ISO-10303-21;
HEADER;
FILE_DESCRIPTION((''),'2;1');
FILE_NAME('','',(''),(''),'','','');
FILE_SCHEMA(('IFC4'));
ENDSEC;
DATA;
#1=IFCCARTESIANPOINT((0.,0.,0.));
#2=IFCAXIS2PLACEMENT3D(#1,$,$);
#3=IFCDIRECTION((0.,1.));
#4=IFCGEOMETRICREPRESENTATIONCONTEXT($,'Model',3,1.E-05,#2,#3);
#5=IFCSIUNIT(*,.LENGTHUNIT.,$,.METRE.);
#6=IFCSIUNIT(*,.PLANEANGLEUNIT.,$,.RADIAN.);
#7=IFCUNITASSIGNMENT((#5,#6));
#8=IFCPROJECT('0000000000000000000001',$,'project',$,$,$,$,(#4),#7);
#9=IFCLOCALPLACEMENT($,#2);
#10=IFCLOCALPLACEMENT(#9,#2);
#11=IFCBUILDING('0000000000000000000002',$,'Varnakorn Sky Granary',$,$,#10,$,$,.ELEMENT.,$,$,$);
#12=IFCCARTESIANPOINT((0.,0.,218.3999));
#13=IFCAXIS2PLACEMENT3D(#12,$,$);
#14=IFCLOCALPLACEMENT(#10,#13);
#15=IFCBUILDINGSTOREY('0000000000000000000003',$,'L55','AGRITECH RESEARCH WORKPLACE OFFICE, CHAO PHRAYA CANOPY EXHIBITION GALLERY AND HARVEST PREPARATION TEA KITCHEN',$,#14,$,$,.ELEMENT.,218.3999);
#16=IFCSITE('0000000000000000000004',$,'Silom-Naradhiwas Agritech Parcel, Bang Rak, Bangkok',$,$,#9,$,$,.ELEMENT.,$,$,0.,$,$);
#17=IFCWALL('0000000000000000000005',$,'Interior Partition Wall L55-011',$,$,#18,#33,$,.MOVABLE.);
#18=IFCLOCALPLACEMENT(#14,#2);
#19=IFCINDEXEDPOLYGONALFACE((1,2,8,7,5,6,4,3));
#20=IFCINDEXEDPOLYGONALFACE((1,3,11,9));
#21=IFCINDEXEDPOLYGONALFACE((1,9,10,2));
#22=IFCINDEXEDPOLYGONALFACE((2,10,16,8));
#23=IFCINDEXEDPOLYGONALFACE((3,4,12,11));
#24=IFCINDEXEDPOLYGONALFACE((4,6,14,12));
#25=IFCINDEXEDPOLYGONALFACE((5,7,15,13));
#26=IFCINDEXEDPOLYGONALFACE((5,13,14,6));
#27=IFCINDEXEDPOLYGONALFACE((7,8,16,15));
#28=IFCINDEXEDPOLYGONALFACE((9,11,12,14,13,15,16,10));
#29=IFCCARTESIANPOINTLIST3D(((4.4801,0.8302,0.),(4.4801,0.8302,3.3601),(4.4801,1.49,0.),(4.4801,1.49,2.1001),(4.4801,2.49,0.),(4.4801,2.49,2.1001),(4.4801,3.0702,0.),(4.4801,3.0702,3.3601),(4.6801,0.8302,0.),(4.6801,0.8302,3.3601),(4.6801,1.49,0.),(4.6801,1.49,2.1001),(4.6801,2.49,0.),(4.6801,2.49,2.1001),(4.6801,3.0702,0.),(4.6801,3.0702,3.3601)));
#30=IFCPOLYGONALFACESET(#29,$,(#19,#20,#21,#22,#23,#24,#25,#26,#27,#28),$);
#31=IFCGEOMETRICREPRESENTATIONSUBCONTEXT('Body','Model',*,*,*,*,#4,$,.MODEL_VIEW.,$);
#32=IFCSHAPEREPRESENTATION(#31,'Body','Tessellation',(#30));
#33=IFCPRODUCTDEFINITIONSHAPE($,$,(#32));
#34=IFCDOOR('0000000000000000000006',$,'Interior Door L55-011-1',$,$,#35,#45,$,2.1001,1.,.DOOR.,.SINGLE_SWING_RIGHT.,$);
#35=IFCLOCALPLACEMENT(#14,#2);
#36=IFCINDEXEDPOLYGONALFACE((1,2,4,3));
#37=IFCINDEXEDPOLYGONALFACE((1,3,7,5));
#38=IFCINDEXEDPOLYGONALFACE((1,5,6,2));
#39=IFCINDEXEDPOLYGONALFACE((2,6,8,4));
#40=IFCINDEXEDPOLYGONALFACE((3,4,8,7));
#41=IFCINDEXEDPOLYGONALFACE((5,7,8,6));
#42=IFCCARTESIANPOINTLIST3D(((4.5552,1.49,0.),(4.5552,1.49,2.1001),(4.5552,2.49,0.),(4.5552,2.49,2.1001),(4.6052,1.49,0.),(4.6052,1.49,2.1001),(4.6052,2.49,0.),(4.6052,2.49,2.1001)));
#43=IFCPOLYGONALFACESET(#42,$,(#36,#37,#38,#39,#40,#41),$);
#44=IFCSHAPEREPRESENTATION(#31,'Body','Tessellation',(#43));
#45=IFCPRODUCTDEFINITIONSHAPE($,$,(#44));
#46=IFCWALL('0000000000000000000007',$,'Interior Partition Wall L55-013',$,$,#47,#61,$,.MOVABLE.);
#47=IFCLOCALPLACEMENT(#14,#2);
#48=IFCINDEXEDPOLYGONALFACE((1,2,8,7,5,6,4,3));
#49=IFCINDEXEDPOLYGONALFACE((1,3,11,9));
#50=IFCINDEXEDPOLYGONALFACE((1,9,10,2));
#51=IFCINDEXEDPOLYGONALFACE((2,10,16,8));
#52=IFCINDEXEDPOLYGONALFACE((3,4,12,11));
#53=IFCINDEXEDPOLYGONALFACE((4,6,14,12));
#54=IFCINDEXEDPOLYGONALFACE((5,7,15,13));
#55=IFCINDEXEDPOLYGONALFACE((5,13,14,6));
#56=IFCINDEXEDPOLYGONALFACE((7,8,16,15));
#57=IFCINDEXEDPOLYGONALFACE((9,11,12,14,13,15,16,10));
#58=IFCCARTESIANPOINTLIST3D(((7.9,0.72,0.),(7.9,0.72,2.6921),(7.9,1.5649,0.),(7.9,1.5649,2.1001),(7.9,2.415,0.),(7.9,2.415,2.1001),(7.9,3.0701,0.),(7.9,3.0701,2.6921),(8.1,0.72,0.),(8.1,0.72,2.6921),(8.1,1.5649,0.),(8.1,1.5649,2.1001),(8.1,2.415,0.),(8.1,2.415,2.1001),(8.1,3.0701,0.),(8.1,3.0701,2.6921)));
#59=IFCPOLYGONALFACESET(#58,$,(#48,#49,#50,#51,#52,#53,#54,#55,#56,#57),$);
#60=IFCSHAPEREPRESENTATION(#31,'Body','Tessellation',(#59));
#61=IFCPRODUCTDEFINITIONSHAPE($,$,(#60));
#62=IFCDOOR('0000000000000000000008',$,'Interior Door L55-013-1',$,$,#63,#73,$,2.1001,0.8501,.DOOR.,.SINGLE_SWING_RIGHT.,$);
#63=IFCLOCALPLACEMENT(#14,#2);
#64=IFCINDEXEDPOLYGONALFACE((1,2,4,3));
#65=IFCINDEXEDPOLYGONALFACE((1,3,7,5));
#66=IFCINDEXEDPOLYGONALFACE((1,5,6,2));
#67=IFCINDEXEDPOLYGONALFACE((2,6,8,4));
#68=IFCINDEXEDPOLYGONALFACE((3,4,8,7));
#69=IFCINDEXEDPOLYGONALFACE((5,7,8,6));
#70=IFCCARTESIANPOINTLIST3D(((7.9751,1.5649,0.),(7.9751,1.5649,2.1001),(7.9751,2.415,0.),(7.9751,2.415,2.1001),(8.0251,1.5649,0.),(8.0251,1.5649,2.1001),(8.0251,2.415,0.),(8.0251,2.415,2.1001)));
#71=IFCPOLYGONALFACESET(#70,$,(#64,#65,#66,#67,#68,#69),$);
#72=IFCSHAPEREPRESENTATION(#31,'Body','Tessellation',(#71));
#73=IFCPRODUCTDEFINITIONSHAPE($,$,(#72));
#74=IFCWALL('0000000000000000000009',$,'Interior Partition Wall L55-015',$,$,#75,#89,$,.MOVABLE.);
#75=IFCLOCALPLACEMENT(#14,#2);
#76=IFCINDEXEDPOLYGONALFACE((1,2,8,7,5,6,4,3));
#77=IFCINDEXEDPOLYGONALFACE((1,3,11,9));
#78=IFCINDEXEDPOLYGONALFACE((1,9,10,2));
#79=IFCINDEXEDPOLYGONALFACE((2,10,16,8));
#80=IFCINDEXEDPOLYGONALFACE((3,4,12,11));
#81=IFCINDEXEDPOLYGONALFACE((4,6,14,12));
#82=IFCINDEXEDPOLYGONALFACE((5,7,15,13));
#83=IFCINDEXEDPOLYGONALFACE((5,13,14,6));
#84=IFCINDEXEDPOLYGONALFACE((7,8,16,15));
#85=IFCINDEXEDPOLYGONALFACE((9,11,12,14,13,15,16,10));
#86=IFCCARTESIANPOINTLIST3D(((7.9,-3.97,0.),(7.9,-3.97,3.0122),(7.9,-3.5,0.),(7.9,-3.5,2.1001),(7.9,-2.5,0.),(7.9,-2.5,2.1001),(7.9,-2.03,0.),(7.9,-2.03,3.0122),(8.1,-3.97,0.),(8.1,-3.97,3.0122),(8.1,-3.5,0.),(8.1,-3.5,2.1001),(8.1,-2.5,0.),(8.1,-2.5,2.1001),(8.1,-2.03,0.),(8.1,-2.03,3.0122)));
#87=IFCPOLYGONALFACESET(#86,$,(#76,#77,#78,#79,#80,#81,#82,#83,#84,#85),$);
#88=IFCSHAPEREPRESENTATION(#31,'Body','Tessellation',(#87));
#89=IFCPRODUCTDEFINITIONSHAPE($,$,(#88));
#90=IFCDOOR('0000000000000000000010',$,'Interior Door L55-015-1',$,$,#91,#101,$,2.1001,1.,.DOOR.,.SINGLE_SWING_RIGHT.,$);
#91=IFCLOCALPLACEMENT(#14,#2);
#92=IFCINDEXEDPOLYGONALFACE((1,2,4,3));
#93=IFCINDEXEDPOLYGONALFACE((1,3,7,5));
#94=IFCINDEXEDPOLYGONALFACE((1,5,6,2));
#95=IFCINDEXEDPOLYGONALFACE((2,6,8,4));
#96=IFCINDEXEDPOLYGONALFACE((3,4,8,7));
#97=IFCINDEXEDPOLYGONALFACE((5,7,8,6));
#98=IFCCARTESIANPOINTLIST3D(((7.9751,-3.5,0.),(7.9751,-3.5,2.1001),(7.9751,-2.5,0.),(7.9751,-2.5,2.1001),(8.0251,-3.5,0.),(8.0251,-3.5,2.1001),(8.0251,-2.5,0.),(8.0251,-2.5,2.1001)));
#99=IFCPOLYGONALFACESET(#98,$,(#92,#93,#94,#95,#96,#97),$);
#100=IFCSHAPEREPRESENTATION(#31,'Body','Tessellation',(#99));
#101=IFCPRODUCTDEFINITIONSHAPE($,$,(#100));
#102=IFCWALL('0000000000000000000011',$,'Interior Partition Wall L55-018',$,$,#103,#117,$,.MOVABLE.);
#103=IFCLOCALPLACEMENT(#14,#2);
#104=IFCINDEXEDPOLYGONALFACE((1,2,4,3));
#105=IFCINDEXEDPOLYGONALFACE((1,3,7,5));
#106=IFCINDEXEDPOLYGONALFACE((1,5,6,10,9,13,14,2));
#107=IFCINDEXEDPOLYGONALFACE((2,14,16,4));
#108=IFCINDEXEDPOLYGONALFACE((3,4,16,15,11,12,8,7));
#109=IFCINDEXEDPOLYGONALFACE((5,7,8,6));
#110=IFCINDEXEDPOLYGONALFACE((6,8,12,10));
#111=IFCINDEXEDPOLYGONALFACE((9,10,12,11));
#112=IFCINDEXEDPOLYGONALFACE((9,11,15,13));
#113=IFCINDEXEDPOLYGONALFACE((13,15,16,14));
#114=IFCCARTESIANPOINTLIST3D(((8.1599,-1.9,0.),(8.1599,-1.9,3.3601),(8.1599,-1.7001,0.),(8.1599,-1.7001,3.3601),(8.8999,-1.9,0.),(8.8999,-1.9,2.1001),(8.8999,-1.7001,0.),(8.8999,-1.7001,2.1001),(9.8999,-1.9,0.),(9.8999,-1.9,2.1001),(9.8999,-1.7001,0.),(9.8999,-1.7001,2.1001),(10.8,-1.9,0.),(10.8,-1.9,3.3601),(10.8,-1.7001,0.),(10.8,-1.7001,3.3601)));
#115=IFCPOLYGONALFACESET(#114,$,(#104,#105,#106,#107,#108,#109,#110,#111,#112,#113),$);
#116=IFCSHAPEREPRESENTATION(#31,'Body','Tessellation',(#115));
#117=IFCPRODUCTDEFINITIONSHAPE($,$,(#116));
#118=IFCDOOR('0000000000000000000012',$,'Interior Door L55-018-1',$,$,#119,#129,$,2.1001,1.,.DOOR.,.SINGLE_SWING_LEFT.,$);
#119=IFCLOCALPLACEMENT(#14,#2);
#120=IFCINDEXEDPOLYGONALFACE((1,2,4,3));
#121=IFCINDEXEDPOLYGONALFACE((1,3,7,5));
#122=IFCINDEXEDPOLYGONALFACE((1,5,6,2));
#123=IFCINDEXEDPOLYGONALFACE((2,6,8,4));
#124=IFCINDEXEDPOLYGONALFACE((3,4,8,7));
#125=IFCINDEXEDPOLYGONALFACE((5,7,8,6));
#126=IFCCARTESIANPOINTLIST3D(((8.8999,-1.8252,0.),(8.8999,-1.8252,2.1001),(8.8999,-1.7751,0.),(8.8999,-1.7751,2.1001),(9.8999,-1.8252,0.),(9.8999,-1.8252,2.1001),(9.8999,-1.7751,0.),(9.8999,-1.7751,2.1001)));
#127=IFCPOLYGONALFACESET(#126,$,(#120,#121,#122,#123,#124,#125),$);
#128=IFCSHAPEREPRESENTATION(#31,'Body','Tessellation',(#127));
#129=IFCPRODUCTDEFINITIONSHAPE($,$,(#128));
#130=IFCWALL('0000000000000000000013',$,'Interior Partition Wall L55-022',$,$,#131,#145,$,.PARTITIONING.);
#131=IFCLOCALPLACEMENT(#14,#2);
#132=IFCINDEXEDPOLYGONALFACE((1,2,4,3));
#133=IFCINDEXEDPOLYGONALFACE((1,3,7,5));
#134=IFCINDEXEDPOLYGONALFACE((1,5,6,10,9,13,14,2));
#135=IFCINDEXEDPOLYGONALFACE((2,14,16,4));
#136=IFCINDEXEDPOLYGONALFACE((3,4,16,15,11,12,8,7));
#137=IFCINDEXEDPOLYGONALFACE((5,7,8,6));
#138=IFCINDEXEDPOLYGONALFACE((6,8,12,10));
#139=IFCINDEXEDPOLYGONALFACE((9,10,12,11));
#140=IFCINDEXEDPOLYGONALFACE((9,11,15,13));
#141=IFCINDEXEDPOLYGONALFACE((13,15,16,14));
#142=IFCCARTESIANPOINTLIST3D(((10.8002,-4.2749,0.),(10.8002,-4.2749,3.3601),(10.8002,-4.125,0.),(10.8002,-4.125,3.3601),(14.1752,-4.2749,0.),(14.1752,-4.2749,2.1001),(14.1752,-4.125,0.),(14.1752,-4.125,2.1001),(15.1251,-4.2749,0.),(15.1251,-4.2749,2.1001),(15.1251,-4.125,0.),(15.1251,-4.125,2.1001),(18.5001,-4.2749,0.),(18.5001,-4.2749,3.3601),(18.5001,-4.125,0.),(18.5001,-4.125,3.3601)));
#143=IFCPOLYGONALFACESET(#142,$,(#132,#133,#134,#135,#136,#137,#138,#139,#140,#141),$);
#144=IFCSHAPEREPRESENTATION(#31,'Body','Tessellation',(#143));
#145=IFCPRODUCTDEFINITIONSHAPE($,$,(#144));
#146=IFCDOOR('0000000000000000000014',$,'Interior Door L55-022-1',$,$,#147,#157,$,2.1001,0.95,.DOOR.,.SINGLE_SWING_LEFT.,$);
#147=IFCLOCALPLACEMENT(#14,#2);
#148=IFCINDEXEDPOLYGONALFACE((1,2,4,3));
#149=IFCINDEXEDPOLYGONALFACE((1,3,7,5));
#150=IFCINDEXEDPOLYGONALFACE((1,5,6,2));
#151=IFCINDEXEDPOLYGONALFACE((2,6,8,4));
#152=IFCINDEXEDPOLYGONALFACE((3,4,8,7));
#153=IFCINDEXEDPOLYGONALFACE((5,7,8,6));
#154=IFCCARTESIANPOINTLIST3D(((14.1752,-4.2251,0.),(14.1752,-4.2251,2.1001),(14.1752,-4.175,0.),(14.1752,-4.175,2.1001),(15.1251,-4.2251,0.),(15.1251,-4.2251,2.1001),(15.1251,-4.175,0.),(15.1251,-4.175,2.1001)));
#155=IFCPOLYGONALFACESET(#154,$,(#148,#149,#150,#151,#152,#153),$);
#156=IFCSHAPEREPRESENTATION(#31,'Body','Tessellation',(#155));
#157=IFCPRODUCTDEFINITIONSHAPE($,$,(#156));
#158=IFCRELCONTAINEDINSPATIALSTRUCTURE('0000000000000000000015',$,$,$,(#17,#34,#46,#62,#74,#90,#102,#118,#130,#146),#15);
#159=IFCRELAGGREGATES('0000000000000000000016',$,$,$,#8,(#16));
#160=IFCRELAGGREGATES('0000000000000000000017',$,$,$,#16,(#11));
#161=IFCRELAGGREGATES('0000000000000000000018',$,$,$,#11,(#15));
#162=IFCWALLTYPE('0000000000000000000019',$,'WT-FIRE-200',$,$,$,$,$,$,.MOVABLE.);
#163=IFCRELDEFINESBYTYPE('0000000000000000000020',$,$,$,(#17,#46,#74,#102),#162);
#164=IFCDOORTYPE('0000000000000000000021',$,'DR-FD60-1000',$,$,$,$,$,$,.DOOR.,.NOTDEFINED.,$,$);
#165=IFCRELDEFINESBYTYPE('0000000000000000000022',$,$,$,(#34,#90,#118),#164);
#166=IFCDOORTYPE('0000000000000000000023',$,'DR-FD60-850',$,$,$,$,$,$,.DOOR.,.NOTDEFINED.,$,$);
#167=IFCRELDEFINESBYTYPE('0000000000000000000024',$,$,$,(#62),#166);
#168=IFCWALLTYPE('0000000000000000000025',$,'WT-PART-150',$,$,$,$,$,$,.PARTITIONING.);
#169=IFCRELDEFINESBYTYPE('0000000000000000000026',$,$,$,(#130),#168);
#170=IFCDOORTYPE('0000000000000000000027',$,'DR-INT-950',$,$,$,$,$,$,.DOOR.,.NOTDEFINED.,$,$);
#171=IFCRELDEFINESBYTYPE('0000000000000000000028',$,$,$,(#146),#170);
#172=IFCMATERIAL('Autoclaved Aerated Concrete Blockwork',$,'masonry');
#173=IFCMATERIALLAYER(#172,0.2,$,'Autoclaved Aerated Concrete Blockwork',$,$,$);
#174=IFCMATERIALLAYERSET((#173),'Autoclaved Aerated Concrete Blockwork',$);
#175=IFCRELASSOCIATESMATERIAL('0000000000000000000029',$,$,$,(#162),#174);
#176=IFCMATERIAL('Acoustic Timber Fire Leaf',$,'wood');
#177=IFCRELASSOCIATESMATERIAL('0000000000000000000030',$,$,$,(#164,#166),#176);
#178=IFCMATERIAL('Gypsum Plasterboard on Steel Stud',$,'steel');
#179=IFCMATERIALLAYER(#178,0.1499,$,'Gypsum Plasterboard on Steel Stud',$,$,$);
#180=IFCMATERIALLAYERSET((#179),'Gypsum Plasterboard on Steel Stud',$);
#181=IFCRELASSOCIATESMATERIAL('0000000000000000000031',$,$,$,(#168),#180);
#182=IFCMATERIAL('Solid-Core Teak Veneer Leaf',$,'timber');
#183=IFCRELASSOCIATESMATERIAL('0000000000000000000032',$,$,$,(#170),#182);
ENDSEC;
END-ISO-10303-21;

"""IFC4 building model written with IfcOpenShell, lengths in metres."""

from ifc_helpers import new_model, si_unit, direction, frame, frame_2d, origin, place, context, subcontext, project, spatial, rectangle, extrude, material, layer, layer_set, type_object, element, fill, save


model = new_model("IFC4")

# Units and contexts
model_context = context("Model", 3, precision=1e-05, world=origin(), true_north=direction((0.0, 1.0)))
body_context = subcontext(model_context, "Body", "Model", "MODEL_VIEW")
ifc_project = project(units=[si_unit("LENGTHUNIT", "METRE"), si_unit("PLANEANGLEUNIT", "RADIAN")], contexts=[model_context])

# Site, building, storey
site_placement = place(None, origin())
site = spatial("IfcSite", under=ifc_project, at=site_placement, Name="Silom-Naradhiwas Agritech Parcel, Bang Rak, Bangkok", CompositionType="ELEMENT", RefElevation=0.0)
building_placement = place(site_placement, origin())
building = spatial("IfcBuilding", under=site, at=building_placement, Name="Varnakorn Sky Granary", CompositionType="ELEMENT")
storey_placement = place(building_placement, frame((0.0, 0.0, 218.3999)))
storey = spatial("IfcBuildingStorey", under=building, at=storey_placement, Name="L55", Description="AGRITECH RESEARCH WORKPLACE OFFICE, CHAO PHRAYA CANOPY EXHIBITION GALLERY AND HARVEST PREPARATION TEA KITCHEN", CompositionType="ELEMENT", Elevation=218.3999)

# Walls, openings, doors
ifc_material_1 = material(Name="Autoclaved Aerated Concrete Blockwork", Category="masonry")
ifc_layer_1 = layer(ifc_material_1, 0.2, Name="Autoclaved Aerated Concrete Blockwork")
ifc_layer_set_1 = layer_set([ifc_layer_1], Name="Autoclaved Aerated Concrete Blockwork")
wall_type_1 = type_object("IfcWallType", Name="WT-FIRE-200", PredefinedType="MOVABLE", material=ifc_layer_set_1)
wall_1_placement = place(storey_placement, frame((4.5801, 0.8301, 0.0), z_axis=(0.0, 0.0, 1.0), x_axis=(0.0, 1.0, 0.0)))
wall_1 = element("IfcWall", 1, at=wall_1_placement, inside=storey, type_object=wall_type_1, Name="Interior Partition Wall L55-011", PredefinedType="MOVABLE", context=body_context, shape_type="SweptSolid", body=[
    extrude(rectangle(XDim=2.24, YDim=0.2, at=frame_2d((1.1201, 0.0))), origin(), (0.0, 0.0, 1.0), 3.3601),
])
opening_1_placement = place(wall_1_placement, frame((0.6599, 0.0, 0.0)))
opening_1 = element("IfcOpeningElement", 2, at=opening_1_placement, cuts=wall_1, PredefinedType="OPENING", context=body_context, shape_type="SweptSolid", body=[
    extrude(rectangle(XDim=1.0, YDim=2.1001, at=frame_2d((0.5, 1.05))), frame((0.0, 0.1099, 0.0), z_axis=(0.0, -1.0, 0.0), x_axis=(1.0, 0.0, 0.0)), (0.0, 0.0, 1.0), 0.22),
])
ifc_material_2 = material(Name="Acoustic Timber Fire Leaf", Category="wood")
door_type_1 = type_object("IfcDoorType", Name="DR-FD60-1000", OperationType="NOTDEFINED", PredefinedType="DOOR", material=ifc_material_2)
door_1_placement = place(opening_1_placement, origin())
door_1 = element("IfcDoor", 3, at=door_1_placement, inside=storey, type_object=door_type_1, Name="Interior Door L55-011-1", OperationType="SINGLE_SWING_RIGHT", OverallHeight=2.1001, OverallWidth=1.0, PredefinedType="DOOR", context=body_context, shape_type="SweptSolid", body=[
    extrude(rectangle(XDim=1.0, YDim=2.1001, at=frame_2d((0.5, 1.05))), frame((0.0, 0.0249, 0.0), z_axis=(0.0, -1.0, 0.0), x_axis=(1.0, 0.0, 0.0)), (0.0, 0.0, 1.0), 0.05),
])
fill(opening_1, door_1)
wall_2_placement = place(storey_placement, frame((8.0, 0.72, 0.0), z_axis=(0.0, 0.0, 1.0), x_axis=(0.0, 1.0, 0.0)))
wall_2 = element("IfcWall", 4, at=wall_2_placement, inside=storey, type_object=wall_type_1, Name="Interior Partition Wall L55-013", PredefinedType="MOVABLE", context=body_context, shape_type="SweptSolid", body=[
    extrude(rectangle(XDim=2.3501, YDim=0.2, at=frame_2d((1.175, 0.0))), origin(), (0.0, 0.0, 1.0), 2.6921),
])
opening_2_placement = place(wall_2_placement, frame((0.845, 0.0, 0.0)))
opening_2 = element("IfcOpeningElement", 5, at=opening_2_placement, cuts=wall_2, PredefinedType="OPENING", context=body_context, shape_type="SweptSolid", body=[
    extrude(rectangle(XDim=0.8501, YDim=2.1001, at=frame_2d((0.425, 1.05))), frame((0.0, 0.1099, 0.0), z_axis=(0.0, -1.0, 0.0), x_axis=(1.0, 0.0, 0.0)), (0.0, 0.0, 1.0), 0.22),
])
door_type_2 = type_object("IfcDoorType", Name="DR-FD60-850", OperationType="NOTDEFINED", PredefinedType="DOOR", material=ifc_material_2)
door_2_placement = place(opening_2_placement, origin())
door_2 = element("IfcDoor", 6, at=door_2_placement, inside=storey, type_object=door_type_2, Name="Interior Door L55-013-1", OperationType="SINGLE_SWING_RIGHT", OverallHeight=2.1001, OverallWidth=0.8501, PredefinedType="DOOR", context=body_context, shape_type="SweptSolid", body=[
    extrude(rectangle(XDim=0.8501, YDim=2.1001, at=frame_2d((0.425, 1.05))), frame((0.0, 0.0249, 0.0), z_axis=(0.0, -1.0, 0.0), x_axis=(1.0, 0.0, 0.0)), (0.0, 0.0, 1.0), 0.05),
])
fill(opening_2, door_2)
wall_3_placement = place(storey_placement, frame((8.0, -3.97, 0.0), z_axis=(0.0, 0.0, 1.0), x_axis=(0.0, 1.0, 0.0)))
wall_3 = element("IfcWall", 7, at=wall_3_placement, inside=storey, type_object=wall_type_1, Name="Interior Partition Wall L55-015", PredefinedType="MOVABLE", context=body_context, shape_type="SweptSolid", body=[
    extrude(rectangle(XDim=1.9399, YDim=0.2, at=frame_2d((0.97, 0.0))), origin(), (0.0, 0.0, 1.0), 3.0122),
])
opening_3_placement = place(wall_3_placement, frame((0.47, 0.0, 0.0)))
opening_3 = element("IfcOpeningElement", 8, at=opening_3_placement, cuts=wall_3, PredefinedType="OPENING", context=body_context, shape_type="SweptSolid", body=[
    extrude(rectangle(XDim=1.0, YDim=2.1001, at=frame_2d((0.5, 1.05))), frame((0.0, 0.1099, 0.0), z_axis=(0.0, -1.0, 0.0), x_axis=(1.0, 0.0, 0.0)), (0.0, 0.0, 1.0), 0.22),
])
door_3_placement = place(opening_3_placement, origin())
door_3 = element("IfcDoor", 9, at=door_3_placement, inside=storey, type_object=door_type_1, Name="Interior Door L55-015-1", OperationType="SINGLE_SWING_RIGHT", OverallHeight=2.1001, OverallWidth=1.0, PredefinedType="DOOR", context=body_context, shape_type="SweptSolid", body=[
    extrude(rectangle(XDim=1.0, YDim=2.1001, at=frame_2d((0.5, 1.05))), frame((0.0, 0.0249, 0.0), z_axis=(0.0, -1.0, 0.0), x_axis=(1.0, 0.0, 0.0)), (0.0, 0.0, 1.0), 0.05),
])
fill(opening_3, door_3)
wall_4_placement = place(storey_placement, frame((8.1599, -1.8, 0.0), z_axis=(0.0, 0.0, 1.0), x_axis=(1.0, 0.0, 0.0)))
wall_4 = element("IfcWall", 10, at=wall_4_placement, inside=storey, type_object=wall_type_1, Name="Interior Partition Wall L55-018", PredefinedType="MOVABLE", context=body_context, shape_type="SweptSolid", body=[
    extrude(rectangle(XDim=2.6401, YDim=0.2, at=frame_2d((1.3201, 0.0))), origin(), (0.0, 0.0, 1.0), 3.3601),
])
opening_4_placement = place(wall_4_placement, frame((0.74, 0.0, 0.0)))
opening_4 = element("IfcOpeningElement", 11, at=opening_4_placement, cuts=wall_4, PredefinedType="OPENING", context=body_context, shape_type="SweptSolid", body=[
    extrude(rectangle(XDim=1.0, YDim=2.1001, at=frame_2d((0.5, 1.05))), frame((0.0, 0.1099, 0.0), z_axis=(0.0, -1.0, 0.0), x_axis=(1.0, 0.0, 0.0)), (0.0, 0.0, 1.0), 0.22),
])
door_4_placement = place(opening_4_placement, origin())
door_4 = element("IfcDoor", 12, at=door_4_placement, inside=storey, type_object=door_type_1, Name="Interior Door L55-018-1", OperationType="SINGLE_SWING_LEFT", OverallHeight=2.1001, OverallWidth=1.0, PredefinedType="DOOR", context=body_context, shape_type="SweptSolid", body=[
    extrude(rectangle(XDim=1.0, YDim=2.1001, at=frame_2d((0.5, 1.05))), frame((0.0, 0.0249, 0.0), z_axis=(0.0, -1.0, 0.0), x_axis=(1.0, 0.0, 0.0)), (0.0, 0.0, 1.0), 0.05),
])
fill(opening_4, door_4)
ifc_material_3 = material(Name="Gypsum Plasterboard on Steel Stud", Category="steel")
ifc_layer_2 = layer(ifc_material_3, 0.1499, Name="Gypsum Plasterboard on Steel Stud")
ifc_layer_set_2 = layer_set([ifc_layer_2], Name="Gypsum Plasterboard on Steel Stud")
wall_type_2 = type_object("IfcWallType", Name="WT-PART-150", PredefinedType="PARTITIONING", material=ifc_layer_set_2)
wall_5_placement = place(storey_placement, frame((10.8, -4.2, 0.0), z_axis=(0.0, 0.0, 1.0), x_axis=(1.0, 0.0, 0.0)))
wall_5 = element("IfcWall", 13, at=wall_5_placement, inside=storey, type_object=wall_type_2, Name="Interior Partition Wall L55-022", PredefinedType="PARTITIONING", context=body_context, shape_type="SweptSolid", body=[
    extrude(rectangle(XDim=7.7, YDim=0.1499, at=frame_2d((3.8501, 0.0))), origin(), (0.0, 0.0, 1.0), 3.3601),
])
opening_5_placement = place(wall_5_placement, frame((3.375, 0.0, 0.0)))
opening_5 = element("IfcOpeningElement", 14, at=opening_5_placement, cuts=wall_5, PredefinedType="OPENING", context=body_context, shape_type="SweptSolid", body=[
    extrude(rectangle(XDim=0.95, YDim=2.1001, at=frame_2d((0.4751, 1.05))), frame((0.0, 0.085, 0.0), z_axis=(0.0, -1.0, 0.0), x_axis=(1.0, 0.0, 0.0)), (0.0, 0.0, 1.0), 0.1699),
])
ifc_material_4 = material(Name="Solid-Core Teak Veneer Leaf", Category="timber")
door_type_3 = type_object("IfcDoorType", Name="DR-INT-950", OperationType="NOTDEFINED", PredefinedType="DOOR", material=ifc_material_4)
door_5_placement = place(opening_5_placement, origin())
door_5 = element("IfcDoor", 15, at=door_5_placement, inside=storey, type_object=door_type_3, Name="Interior Door L55-022-1", OperationType="SINGLE_SWING_LEFT", OverallHeight=2.1001, OverallWidth=0.95, PredefinedType="DOOR", context=body_context, shape_type="SweptSolid", body=[
    extrude(rectangle(XDim=0.95, YDim=2.1001, at=frame_2d((0.4751, 1.05))), frame((0.0, 0.0249, 0.0), z_axis=(0.0, -1.0, 0.0), x_axis=(1.0, 0.0, 0.0)), (0.0, 0.0, 1.0), 0.05),
])
fill(opening_5, door_5)

save(model, "model.ifc")
